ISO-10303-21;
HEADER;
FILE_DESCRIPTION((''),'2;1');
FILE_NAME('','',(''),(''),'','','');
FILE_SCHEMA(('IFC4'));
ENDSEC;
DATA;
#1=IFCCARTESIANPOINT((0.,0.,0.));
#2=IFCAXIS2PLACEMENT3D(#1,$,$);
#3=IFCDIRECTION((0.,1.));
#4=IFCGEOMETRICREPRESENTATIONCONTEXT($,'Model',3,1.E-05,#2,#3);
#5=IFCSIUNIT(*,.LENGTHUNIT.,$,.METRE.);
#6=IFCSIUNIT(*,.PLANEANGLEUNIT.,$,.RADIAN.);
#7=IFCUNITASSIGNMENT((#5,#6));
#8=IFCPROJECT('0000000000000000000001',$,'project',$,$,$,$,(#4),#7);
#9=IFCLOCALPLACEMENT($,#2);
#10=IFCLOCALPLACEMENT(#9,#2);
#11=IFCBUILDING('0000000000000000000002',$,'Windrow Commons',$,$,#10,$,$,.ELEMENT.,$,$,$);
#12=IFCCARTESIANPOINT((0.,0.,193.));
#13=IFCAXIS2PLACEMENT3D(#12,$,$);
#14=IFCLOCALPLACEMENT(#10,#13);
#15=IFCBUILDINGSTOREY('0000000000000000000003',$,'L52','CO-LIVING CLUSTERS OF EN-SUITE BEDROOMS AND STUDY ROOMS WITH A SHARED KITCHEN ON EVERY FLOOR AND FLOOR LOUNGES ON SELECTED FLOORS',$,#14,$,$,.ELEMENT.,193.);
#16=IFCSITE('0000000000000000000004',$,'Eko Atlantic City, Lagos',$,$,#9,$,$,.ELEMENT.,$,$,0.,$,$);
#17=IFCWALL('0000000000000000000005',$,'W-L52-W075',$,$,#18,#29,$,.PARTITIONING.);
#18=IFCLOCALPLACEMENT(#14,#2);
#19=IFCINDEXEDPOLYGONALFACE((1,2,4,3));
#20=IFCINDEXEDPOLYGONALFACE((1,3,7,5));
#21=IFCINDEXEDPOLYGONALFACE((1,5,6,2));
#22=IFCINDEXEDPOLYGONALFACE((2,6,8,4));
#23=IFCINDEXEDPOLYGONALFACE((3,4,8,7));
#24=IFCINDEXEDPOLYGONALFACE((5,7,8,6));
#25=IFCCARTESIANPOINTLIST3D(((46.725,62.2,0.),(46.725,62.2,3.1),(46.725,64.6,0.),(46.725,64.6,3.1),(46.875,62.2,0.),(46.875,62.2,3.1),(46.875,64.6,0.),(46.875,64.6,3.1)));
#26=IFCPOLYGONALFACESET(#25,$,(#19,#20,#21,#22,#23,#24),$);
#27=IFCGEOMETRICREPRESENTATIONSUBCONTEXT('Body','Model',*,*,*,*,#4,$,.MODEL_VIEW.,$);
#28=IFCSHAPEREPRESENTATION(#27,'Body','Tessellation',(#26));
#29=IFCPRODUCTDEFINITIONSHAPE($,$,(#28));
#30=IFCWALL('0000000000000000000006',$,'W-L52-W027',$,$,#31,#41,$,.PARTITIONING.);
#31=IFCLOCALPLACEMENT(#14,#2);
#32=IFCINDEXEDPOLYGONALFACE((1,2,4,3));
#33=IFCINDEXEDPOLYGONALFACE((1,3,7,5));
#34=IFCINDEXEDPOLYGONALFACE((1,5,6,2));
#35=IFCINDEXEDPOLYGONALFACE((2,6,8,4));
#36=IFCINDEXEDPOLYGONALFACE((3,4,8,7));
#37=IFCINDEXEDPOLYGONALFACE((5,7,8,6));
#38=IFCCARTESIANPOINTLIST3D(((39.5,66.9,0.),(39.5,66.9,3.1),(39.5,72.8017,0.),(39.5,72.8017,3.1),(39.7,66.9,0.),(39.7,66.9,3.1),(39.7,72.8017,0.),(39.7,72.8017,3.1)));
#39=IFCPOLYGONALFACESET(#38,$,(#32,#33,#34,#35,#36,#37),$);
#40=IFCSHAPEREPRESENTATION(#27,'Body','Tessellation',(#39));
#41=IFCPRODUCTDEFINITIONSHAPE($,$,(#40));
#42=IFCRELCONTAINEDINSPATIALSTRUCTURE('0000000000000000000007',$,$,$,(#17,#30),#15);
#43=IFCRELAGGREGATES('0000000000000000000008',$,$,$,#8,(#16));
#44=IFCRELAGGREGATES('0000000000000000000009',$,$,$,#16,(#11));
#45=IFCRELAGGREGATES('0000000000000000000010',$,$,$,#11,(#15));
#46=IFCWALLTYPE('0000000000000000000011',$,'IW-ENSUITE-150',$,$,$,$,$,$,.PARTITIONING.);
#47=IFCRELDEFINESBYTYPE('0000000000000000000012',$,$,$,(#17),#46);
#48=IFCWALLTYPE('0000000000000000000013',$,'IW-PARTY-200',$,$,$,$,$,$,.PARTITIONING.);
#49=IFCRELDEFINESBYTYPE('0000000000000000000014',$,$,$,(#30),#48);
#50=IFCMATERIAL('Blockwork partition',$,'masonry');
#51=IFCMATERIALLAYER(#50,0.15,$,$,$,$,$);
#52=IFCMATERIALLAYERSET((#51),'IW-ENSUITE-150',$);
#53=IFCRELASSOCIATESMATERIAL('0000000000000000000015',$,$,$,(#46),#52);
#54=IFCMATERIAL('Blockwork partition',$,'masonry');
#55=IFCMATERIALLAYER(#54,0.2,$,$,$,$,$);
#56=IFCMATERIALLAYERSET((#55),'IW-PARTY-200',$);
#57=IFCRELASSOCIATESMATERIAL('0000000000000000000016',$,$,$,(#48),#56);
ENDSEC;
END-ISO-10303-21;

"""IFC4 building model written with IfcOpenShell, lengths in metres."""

from ifc_helpers import new_model, si_unit, direction, frame, frame_2d, origin, place, context, subcontext, project, spatial, rectangle, extrude, material, layer, layer_set, type_object, element, save


model = new_model("IFC4")

# Units and contexts
model_context = context("Model", 3, precision=1e-05, world=origin(), true_north=direction((0.0, 1.0)))
body_context = subcontext(model_context, "Body", "Model", "MODEL_VIEW")
ifc_project = project(units=[si_unit("LENGTHUNIT", "METRE"), si_unit("PLANEANGLEUNIT", "RADIAN")], contexts=[model_context])

# Site, building, storey
site_placement = place(None, origin())
site = spatial("IfcSite", under=ifc_project, at=site_placement, Name="Eko Atlantic City, Lagos", CompositionType="ELEMENT", RefElevation=0.0)
building_placement = place(site_placement, origin())
building = spatial("IfcBuilding", under=site, at=building_placement, Name="Windrow Commons", CompositionType="ELEMENT")
storey_placement = place(building_placement, frame((0.0, 0.0, 193.0)))
storey = spatial("IfcBuildingStorey", under=building, at=storey_placement, Name="L52", Description="CO-LIVING CLUSTERS OF EN-SUITE BEDROOMS AND STUDY ROOMS WITH A SHARED KITCHEN ON EVERY FLOOR AND FLOOR LOUNGES ON SELECTED FLOORS", CompositionType="ELEMENT", Elevation=193.0)

# Shared definitions
ifc_material_1 = material(Name="Blockwork partition", Category="masonry")
ifc_layer_1 = layer(ifc_material_1, 0.15)
ifc_layer_set_1 = layer_set([ifc_layer_1], Name="IW-ENSUITE-150")
wall_type_1 = type_object("IfcWallType", Name="IW-ENSUITE-150", PredefinedType="PARTITIONING", material=ifc_layer_set_1)

# Walls
for number, where, z_axis, x_axis, name in (
    (1, (46.8, 62.2, 0.0), (0.0, 0.0, 1.0), (0.0, 1.0, 0.0), "W-L52-W075"),
):
    element("IfcWall", number, at=place(storey_placement, frame(where, z_axis=z_axis, x_axis=x_axis)), inside=storey, type_object=wall_type_1, Name=name, PredefinedType="PARTITIONING", context=body_context, shape_type="SweptSolid", body=[
        extrude(rectangle(XDim=2.4, YDim=0.15, at=frame_2d((1.2, 0.0))), origin(), (0.0, 0.0, 1.0), 3.1),
    ])
ifc_material_2 = material(Name="Blockwork partition", Category="masonry")
ifc_layer_2 = layer(ifc_material_2, 0.2)
ifc_layer_set_2 = layer_set([ifc_layer_2], Name="IW-PARTY-200")
wall_type_2 = type_object("IfcWallType", Name="IW-PARTY-200", PredefinedType="PARTITIONING", material=ifc_layer_set_2)
wall_1_placement = place(storey_placement, frame((39.6, 66.9, 0.0), z_axis=(0.0, 0.0, 1.0), x_axis=(0.0, 1.0, 0.0)))
element("IfcWall", 2, at=wall_1_placement, inside=storey, type_object=wall_type_2, Name="W-L52-W027", PredefinedType="PARTITIONING", context=body_context, shape_type="SweptSolid", body=[
    extrude(rectangle(XDim=5.9017, YDim=0.2, at=frame_2d((2.9508, 0.0))), origin(), (0.0, 0.0, 1.0), 3.1),
])

save(model, "model.ifc")
